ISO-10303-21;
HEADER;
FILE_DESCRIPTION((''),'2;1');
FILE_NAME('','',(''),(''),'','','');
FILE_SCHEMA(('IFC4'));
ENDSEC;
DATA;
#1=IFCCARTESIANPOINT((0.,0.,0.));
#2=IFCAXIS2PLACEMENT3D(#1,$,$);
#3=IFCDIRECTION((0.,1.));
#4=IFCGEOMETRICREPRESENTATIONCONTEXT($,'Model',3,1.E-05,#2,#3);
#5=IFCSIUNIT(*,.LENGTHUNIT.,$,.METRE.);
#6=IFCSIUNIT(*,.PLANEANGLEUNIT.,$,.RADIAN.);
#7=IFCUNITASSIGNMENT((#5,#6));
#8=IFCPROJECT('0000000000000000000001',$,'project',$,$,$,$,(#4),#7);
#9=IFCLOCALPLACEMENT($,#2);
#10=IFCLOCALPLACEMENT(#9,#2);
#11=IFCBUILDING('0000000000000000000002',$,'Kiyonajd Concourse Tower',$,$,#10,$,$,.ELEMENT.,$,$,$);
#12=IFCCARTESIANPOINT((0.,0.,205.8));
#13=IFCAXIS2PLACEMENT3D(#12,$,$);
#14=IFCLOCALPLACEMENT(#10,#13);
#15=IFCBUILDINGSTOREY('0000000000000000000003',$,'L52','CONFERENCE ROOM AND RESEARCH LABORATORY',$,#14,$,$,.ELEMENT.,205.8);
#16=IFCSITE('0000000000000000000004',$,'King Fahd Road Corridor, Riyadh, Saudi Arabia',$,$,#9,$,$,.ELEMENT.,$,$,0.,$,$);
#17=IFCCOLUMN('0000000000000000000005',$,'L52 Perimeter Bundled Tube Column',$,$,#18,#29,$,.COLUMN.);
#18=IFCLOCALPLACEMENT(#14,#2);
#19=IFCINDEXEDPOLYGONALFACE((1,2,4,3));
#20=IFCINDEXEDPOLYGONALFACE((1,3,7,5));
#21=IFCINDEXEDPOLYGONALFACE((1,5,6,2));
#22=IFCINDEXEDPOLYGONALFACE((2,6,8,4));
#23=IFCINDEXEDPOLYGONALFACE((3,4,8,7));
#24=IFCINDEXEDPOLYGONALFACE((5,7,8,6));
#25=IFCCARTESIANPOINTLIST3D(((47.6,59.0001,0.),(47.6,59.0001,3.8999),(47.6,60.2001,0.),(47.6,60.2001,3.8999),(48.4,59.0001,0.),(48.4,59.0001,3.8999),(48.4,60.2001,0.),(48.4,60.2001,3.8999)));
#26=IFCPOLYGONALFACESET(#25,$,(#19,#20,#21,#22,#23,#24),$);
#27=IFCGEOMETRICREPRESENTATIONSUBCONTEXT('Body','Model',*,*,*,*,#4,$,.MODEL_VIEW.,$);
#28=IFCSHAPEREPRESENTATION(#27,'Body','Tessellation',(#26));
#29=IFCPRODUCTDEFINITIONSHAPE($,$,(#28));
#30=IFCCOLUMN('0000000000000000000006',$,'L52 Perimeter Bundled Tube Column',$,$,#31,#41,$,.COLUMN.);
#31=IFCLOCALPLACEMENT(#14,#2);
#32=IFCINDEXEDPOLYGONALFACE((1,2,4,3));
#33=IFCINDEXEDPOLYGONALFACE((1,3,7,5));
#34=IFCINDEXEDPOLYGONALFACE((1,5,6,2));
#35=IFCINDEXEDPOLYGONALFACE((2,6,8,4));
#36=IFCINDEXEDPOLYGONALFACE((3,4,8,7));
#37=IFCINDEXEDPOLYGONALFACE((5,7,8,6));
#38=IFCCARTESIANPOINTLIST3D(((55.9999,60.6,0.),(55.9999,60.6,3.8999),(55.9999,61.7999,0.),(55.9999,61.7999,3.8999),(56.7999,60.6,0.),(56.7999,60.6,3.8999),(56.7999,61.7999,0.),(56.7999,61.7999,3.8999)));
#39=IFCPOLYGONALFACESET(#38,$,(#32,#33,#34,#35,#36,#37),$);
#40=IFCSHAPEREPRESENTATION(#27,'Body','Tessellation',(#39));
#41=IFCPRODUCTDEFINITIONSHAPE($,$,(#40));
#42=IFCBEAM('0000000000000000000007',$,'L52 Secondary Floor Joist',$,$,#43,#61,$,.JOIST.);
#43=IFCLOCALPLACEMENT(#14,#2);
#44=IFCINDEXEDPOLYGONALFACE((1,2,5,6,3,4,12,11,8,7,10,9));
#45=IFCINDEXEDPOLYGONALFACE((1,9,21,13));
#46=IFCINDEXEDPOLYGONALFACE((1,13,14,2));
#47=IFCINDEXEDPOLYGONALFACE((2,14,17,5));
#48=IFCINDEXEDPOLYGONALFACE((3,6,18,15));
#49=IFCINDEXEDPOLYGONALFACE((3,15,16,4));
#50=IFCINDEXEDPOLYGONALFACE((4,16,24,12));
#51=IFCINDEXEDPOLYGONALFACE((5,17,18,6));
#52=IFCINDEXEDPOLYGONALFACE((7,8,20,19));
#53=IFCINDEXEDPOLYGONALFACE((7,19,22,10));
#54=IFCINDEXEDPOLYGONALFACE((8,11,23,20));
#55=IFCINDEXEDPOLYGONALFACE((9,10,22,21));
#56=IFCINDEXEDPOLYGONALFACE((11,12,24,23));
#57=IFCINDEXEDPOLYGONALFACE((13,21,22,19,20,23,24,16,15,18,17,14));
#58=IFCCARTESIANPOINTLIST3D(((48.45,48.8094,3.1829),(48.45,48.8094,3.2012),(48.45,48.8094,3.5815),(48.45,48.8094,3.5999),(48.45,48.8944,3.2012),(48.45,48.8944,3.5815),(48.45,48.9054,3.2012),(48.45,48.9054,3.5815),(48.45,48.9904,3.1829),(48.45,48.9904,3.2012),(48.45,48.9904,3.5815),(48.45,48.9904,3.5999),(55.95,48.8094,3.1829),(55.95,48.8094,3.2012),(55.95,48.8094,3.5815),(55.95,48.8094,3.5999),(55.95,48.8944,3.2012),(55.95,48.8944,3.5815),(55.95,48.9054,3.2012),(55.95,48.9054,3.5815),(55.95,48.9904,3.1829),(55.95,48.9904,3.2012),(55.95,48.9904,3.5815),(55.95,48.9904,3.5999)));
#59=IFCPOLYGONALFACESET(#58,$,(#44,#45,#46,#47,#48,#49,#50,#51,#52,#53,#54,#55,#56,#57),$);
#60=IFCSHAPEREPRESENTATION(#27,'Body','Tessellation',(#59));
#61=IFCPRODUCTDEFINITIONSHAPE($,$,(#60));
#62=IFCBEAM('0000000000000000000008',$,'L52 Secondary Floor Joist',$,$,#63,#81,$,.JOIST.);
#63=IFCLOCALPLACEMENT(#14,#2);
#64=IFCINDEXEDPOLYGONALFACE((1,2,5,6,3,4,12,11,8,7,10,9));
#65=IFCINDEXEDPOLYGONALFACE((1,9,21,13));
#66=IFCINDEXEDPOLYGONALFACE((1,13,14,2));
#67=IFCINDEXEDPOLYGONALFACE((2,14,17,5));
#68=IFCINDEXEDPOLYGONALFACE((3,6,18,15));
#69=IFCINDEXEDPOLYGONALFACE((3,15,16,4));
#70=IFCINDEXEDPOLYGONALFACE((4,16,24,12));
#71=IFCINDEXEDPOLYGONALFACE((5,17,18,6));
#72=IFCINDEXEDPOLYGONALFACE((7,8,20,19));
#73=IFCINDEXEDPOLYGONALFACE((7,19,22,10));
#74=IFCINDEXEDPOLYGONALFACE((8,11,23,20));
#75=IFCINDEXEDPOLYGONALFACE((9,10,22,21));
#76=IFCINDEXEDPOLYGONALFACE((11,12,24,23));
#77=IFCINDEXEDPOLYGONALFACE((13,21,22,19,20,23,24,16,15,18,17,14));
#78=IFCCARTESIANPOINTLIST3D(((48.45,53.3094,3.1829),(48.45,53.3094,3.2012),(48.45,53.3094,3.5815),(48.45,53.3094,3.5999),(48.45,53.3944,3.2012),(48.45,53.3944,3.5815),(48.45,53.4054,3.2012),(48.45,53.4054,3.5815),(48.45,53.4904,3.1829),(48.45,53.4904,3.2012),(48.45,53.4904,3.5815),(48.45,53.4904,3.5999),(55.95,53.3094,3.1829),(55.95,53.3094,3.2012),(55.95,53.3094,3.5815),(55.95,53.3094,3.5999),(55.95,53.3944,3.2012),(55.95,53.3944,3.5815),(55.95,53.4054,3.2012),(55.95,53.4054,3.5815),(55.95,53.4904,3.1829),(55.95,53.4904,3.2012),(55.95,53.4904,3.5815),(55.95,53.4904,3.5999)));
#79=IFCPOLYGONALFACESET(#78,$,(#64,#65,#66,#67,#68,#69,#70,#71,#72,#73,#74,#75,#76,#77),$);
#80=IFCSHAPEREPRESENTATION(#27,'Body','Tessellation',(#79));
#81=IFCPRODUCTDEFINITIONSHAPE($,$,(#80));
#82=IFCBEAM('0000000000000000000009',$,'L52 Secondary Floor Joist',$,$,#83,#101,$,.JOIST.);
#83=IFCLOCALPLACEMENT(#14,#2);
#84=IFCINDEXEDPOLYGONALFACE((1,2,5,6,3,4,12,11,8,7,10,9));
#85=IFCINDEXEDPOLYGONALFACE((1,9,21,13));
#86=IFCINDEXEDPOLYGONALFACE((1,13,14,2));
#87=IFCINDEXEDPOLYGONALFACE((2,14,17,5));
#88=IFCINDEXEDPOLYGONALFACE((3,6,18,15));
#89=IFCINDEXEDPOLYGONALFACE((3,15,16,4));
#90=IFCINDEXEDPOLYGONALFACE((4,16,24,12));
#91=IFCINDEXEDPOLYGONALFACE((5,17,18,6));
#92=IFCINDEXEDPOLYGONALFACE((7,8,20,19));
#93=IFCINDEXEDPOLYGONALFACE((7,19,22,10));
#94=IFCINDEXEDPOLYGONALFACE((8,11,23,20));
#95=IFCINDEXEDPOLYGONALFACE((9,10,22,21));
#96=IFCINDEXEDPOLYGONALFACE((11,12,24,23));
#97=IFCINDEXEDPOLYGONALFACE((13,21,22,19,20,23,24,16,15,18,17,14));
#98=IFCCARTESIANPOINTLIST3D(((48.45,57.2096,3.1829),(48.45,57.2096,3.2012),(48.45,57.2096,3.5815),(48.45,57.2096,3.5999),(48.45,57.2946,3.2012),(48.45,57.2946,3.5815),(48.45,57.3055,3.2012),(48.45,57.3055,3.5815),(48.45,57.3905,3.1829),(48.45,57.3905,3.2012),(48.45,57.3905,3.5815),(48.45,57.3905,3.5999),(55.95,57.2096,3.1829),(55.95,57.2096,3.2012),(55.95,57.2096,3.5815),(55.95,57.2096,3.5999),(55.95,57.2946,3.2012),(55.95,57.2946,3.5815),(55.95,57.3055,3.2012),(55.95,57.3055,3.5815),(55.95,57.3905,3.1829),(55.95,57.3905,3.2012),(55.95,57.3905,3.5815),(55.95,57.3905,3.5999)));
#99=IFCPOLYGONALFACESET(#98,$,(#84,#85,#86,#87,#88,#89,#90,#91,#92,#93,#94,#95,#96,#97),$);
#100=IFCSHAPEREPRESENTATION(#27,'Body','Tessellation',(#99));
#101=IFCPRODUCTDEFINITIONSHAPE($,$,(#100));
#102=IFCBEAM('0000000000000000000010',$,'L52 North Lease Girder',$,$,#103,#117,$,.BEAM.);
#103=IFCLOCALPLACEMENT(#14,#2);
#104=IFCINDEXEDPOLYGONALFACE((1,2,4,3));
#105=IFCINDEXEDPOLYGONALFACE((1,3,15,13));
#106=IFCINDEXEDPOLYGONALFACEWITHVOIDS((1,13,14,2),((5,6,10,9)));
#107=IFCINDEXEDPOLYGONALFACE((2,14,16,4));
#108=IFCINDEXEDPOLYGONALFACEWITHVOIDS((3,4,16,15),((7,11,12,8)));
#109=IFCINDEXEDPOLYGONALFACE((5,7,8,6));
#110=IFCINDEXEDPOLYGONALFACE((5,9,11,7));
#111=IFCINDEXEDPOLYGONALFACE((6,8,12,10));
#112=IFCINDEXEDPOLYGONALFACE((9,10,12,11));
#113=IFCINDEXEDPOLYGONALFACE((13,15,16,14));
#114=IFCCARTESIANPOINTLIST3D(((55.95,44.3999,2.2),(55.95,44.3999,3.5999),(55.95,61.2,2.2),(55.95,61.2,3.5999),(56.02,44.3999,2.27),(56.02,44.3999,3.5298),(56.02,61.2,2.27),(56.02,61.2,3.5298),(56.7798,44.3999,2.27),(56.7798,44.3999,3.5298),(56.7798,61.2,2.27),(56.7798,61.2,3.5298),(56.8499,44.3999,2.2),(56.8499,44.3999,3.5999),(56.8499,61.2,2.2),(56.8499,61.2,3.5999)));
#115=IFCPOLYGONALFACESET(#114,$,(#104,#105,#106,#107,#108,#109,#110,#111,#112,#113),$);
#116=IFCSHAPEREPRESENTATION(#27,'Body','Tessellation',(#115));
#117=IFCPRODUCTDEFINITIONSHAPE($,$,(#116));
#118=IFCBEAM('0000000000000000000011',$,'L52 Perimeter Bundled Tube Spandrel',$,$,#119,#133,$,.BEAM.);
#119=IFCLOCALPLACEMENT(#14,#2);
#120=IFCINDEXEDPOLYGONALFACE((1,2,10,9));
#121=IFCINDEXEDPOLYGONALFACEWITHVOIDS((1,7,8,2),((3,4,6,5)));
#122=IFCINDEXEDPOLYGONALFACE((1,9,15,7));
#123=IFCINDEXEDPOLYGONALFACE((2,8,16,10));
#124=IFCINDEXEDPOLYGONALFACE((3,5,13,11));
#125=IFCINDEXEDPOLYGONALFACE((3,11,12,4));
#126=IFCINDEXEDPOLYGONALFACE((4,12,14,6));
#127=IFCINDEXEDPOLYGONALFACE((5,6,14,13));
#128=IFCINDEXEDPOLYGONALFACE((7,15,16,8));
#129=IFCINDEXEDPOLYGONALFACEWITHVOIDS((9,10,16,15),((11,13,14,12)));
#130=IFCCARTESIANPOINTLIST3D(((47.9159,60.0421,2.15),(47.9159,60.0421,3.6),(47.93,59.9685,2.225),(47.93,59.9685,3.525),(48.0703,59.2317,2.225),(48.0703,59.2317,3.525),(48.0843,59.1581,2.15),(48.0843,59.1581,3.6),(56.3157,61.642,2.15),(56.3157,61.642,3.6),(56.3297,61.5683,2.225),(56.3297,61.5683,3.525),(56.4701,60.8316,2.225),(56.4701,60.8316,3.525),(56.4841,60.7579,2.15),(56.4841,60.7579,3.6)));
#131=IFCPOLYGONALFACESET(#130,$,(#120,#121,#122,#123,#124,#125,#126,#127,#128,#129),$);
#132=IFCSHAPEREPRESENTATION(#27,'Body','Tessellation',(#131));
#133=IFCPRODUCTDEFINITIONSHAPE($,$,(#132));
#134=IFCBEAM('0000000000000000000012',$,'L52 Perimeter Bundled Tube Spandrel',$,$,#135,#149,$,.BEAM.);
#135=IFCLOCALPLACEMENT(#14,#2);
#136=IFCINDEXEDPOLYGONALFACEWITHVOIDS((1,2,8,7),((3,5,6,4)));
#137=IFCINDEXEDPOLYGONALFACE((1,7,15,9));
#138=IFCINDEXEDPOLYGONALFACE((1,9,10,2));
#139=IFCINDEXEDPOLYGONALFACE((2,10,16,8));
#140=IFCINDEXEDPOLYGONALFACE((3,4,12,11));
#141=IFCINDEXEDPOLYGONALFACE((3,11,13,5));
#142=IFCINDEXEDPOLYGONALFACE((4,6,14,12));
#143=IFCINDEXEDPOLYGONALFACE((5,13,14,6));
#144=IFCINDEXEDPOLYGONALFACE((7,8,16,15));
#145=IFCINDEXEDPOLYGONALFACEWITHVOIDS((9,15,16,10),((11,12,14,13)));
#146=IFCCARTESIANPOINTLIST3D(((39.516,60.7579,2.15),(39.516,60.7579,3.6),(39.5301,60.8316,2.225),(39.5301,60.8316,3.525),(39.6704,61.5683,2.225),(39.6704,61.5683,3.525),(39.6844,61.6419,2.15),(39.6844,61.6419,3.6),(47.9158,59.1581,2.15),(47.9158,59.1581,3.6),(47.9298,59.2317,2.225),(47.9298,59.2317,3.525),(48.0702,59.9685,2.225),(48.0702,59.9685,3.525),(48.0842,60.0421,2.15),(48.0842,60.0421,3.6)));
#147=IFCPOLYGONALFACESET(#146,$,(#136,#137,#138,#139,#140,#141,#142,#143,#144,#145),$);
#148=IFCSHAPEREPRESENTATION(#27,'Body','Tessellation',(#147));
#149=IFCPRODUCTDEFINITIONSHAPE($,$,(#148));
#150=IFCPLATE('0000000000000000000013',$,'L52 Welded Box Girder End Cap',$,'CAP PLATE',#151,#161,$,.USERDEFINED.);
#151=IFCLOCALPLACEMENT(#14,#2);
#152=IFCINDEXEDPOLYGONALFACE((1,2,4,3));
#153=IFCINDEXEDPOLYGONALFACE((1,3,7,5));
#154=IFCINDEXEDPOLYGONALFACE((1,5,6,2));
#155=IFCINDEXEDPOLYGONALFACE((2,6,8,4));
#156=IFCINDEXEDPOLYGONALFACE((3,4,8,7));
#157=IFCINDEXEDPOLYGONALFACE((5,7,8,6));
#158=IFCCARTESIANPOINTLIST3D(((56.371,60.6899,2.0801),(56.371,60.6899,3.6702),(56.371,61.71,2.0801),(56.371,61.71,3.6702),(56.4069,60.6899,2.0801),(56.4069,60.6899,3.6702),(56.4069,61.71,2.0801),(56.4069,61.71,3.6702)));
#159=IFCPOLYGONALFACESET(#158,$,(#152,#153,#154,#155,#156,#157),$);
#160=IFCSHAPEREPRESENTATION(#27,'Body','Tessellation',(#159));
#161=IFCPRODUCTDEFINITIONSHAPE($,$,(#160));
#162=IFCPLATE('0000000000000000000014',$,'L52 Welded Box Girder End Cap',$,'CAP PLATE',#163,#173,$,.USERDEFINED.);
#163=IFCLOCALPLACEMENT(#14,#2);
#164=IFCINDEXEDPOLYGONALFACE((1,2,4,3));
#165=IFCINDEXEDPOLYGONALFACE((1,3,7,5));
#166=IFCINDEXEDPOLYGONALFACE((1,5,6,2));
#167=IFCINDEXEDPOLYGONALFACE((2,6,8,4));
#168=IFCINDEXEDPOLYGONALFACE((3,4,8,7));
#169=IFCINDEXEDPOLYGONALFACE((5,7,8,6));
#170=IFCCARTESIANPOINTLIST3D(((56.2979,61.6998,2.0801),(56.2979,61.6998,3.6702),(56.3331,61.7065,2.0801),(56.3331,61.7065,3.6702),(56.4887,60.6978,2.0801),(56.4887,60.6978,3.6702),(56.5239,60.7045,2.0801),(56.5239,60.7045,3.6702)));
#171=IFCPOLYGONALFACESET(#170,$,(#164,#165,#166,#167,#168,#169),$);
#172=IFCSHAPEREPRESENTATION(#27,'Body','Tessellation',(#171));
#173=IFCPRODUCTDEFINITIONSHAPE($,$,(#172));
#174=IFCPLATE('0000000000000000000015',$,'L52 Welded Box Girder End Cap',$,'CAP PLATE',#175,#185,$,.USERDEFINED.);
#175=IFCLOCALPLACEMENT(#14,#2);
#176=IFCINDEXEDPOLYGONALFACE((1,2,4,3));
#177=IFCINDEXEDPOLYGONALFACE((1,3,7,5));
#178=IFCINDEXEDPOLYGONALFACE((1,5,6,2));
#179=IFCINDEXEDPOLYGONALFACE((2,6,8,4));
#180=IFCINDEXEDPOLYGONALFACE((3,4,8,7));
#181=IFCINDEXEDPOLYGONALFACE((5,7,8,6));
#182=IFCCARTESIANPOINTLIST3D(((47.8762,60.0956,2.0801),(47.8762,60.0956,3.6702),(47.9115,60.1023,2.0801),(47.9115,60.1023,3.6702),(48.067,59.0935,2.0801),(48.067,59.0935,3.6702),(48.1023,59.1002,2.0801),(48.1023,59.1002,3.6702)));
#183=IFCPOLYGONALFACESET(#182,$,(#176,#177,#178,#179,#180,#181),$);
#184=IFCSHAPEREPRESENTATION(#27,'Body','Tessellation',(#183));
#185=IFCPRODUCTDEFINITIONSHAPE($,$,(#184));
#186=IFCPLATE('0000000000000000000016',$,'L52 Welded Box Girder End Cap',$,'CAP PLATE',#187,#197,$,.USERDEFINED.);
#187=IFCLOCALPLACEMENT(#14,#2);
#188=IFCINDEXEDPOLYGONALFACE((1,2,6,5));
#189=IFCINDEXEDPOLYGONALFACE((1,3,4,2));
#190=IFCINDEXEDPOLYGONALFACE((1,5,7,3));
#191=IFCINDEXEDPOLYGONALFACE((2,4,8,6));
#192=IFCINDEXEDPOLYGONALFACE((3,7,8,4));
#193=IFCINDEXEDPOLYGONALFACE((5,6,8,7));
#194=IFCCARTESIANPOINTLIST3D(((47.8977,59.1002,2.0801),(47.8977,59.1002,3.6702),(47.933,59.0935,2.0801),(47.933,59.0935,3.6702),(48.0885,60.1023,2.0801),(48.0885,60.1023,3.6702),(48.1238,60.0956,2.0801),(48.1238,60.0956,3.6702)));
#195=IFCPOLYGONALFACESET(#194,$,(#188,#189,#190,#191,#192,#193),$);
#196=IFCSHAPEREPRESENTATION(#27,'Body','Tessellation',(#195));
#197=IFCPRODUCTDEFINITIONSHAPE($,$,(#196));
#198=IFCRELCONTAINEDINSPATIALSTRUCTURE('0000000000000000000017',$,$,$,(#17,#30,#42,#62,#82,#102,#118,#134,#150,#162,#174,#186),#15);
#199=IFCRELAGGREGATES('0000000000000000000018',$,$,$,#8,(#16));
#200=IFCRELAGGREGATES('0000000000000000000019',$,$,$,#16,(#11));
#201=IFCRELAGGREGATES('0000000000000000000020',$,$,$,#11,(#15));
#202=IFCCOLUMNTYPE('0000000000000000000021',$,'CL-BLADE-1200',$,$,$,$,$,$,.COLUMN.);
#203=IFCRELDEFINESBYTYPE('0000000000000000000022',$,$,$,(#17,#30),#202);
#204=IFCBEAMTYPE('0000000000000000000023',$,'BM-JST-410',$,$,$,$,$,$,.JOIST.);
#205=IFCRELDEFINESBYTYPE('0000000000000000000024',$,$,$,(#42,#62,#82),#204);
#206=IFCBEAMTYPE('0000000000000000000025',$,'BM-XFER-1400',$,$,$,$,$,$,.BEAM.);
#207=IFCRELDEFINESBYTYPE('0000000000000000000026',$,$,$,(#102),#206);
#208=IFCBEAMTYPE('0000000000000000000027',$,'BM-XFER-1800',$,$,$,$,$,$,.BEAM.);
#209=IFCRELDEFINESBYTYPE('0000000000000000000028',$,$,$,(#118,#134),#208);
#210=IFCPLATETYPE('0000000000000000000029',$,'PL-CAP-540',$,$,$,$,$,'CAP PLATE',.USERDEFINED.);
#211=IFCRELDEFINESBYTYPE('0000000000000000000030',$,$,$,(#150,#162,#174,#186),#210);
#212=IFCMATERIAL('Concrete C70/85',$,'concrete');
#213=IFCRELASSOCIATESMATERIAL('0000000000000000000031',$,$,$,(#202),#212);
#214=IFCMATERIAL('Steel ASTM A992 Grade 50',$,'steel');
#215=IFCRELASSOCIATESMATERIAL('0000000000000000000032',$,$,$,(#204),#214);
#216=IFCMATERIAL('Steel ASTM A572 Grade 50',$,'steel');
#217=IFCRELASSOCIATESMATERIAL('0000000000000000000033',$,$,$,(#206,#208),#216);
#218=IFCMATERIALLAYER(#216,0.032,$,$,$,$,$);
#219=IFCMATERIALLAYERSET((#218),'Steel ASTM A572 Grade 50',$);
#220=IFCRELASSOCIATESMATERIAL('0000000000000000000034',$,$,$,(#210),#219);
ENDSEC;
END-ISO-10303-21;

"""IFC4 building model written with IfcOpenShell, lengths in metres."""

from ifc_helpers import new_model, si_unit, direction, frame, origin, origin_2d, place, context, subcontext, project, spatial, rectangle, hollow_rectangle, i_section, extrude, material, layer, layer_set, material_profile, profile_set, type_object, element, save


model = new_model("IFC4")

# Units and contexts
model_context = context("Model", 3, precision=1e-05, world=origin(), true_north=direction((0.0, 1.0)))
body_context = subcontext(model_context, "Body", "Model", "MODEL_VIEW")
ifc_project = project(units=[si_unit("LENGTHUNIT", "METRE"), si_unit("PLANEANGLEUNIT", "RADIAN")], contexts=[model_context])

# Site, building, storey
site_placement = place(None, origin())
site = spatial("IfcSite", under=ifc_project, at=site_placement, Name="King Fahd Road Corridor, Riyadh, Saudi Arabia", CompositionType="ELEMENT", RefElevation=0.0)
building_placement = place(site_placement, origin())
building = spatial("IfcBuilding", under=site, at=building_placement, Name="Kiyonajd Concourse Tower", CompositionType="ELEMENT")
storey_placement = place(building_placement, frame((0.0, 0.0, 205.8)))
storey = spatial("IfcBuildingStorey", under=building, at=storey_placement, Name="L52", Description="CONFERENCE ROOM AND RESEARCH LABORATORY", CompositionType="ELEMENT", Elevation=205.8)

# Columns
ifc_material_1 = material(Name="Concrete C70/85", Category="concrete")
ifc_material_profile_1 = material_profile(ifc_material_1, rectangle(XDim=0.8, YDim=1.2, at=origin_2d()), Name="RC-1200x800")
ifc_profile_set_1 = profile_set([ifc_material_profile_1], Name="Concrete C70/85")
column_type = type_object("IfcColumnType", Name="CL-BLADE-1200", PredefinedType="COLUMN", material=ifc_profile_set_1)
for number, where, z_axis, x_axis, name in (
    (1, (48.0, 59.6001, 0.0), (0.0, 0.0, 1.0), (1.0, 0.0, 0.0), "L52 Perimeter Bundled Tube Column"),
    (2, (56.3999, 61.2, 0.0), (0.0, 0.0, 1.0), (1.0, 0.0, 0.0), "L52 Perimeter Bundled Tube Column"),
):
    element("IfcColumn", number, at=place(storey_placement, frame(where, z_axis=z_axis, x_axis=x_axis)), inside=storey, type_object=column_type, Name=name, PredefinedType="COLUMN", context=body_context, shape_type="SweptSolid", body=[
        extrude(rectangle(XDim=0.8, YDim=1.2, at=origin_2d()), origin(), (0.0, 0.0, 1.0), 3.8999),
    ])

# Beams
ifc_material_2 = material(Name="Steel ASTM A992 Grade 50", Category="steel")
ifc_material_profile_2 = material_profile(ifc_material_2, i_section(OverallWidth=0.1809, OverallDepth=0.417, WebThickness=0.011, FlangeThickness=0.0183, at=origin_2d()), Name="W410X85")
ifc_profile_set_2 = profile_set([ifc_material_profile_2], Name="Steel ASTM A992 Grade 50")
beam_type_1 = type_object("IfcBeamType", Name="BM-JST-410", PredefinedType="JOIST", material=ifc_profile_set_2)
for number, where, z_axis, x_axis, name in (
    (3, (48.45, 48.8999, 3.3914), (1.0, 0.0, 0.0), (0.0, 1.0, 0.0), "L52 Secondary Floor Joist"),
    (4, (48.45, 53.3999, 3.3914), (1.0, 0.0, 0.0), (0.0, 1.0, 0.0), "L52 Secondary Floor Joist"),
    (5, (48.45, 57.3, 3.3914), (1.0, 0.0, 0.0), (0.0, 1.0, 0.0), "L52 Secondary Floor Joist"),
):
    element("IfcBeam", number, at=place(storey_placement, frame(where, z_axis=z_axis, x_axis=x_axis)), inside=storey, type_object=beam_type_1, Name=name, PredefinedType="JOIST", context=body_context, shape_type="SweptSolid", body=[
        extrude(i_section(OverallWidth=0.1809, OverallDepth=0.417, WebThickness=0.011, FlangeThickness=0.0183, at=origin_2d()), origin(), (0.0, 0.0, 1.0), 7.5),
    ])
ifc_material_3 = material(Name="Steel ASTM A572 Grade 50", Category="steel")
ifc_material_profile_3 = material_profile(ifc_material_3, hollow_rectangle(XDim=0.8999, YDim=1.3999, WallThickness=0.0701, at=origin_2d()), Name="BOX-1400x900x70")
ifc_profile_set_3 = profile_set([ifc_material_profile_3], Name="Steel ASTM A572 Grade 50")
beam_type_2 = type_object("IfcBeamType", Name="BM-XFER-1400", PredefinedType="BEAM", material=ifc_profile_set_3)
beam_placement = place(storey_placement, frame((56.3999, 44.3999, 2.8999), z_axis=(0.0, 1.0, 0.0), x_axis=(-1.0, 0.0, 0.0)))
element("IfcBeam", 6, at=beam_placement, inside=storey, type_object=beam_type_2, Name="L52 North Lease Girder", PredefinedType="BEAM", context=body_context, shape_type="SweptSolid", body=[
    extrude(hollow_rectangle(XDim=0.8999, YDim=1.3999, WallThickness=0.0701, at=origin_2d()), origin(), (0.0, 0.0, 1.0), 16.8),
])
ifc_material_profile_4 = material_profile(ifc_material_3, hollow_rectangle(XDim=0.8999, YDim=1.45, WallThickness=0.075, at=origin_2d()), Name="BOX-1450x900x75")
ifc_profile_set_4 = profile_set([ifc_material_profile_4], Name="Steel ASTM A572 Grade 50")
beam_type_3 = type_object("IfcBeamType", Name="BM-XFER-1800", PredefinedType="BEAM", material=ifc_profile_set_4)
for number, where, z_axis, x_axis, name in (
    (7, (56.3999, 61.2, 2.875), (-0.982341, -0.187098, 0.0), (0.187098, -0.982341, 0.0), "L52 Perimeter Bundled Tube Spandrel"),
    (8, (48.0, 59.6001, 2.875), (-0.982341, 0.187098, 0.0), (-0.187098, -0.982341, 0.0), "L52 Perimeter Bundled Tube Spandrel"),
):
    element("IfcBeam", number, at=place(storey_placement, frame(where, z_axis=z_axis, x_axis=x_axis)), inside=storey, type_object=beam_type_3, Name=name, PredefinedType="BEAM", context=body_context, shape_type="SweptSolid", body=[
        extrude(hollow_rectangle(XDim=0.8999, YDim=1.45, WallThickness=0.075, at=origin_2d()), origin(), (0.0, 0.0, 1.0), 8.5508),
    ])

# Plates
ifc_layer_1 = layer(ifc_material_3, 0.032)
ifc_layer_set_1 = layer_set([ifc_layer_1], Name="Steel ASTM A572 Grade 50")
plate_type_1 = type_object("IfcPlateType", Name="PL-CAP-540", ElementType="CAP PLATE", PredefinedType="USERDEFINED", material=ifc_layer_set_1)
for number, where, z_axis, x_axis, name in (
    (9, (56.3889, 61.2, 2.0801), (0.0, 0.0, 1.0), (-1.0, 0.0, 0.0), "L52 Welded Box Girder End Cap"),
    (10, (56.4109, 61.2021, 2.0801), (0.0, 0.0, 1.0), (0.982353, 0.187038, 0.0), "L52 Welded Box Girder End Cap"),
    (11, (47.9893, 59.5979, 2.0801), (0.0, 0.0, 1.0), (-0.982353, -0.187038, 0.0), "L52 Welded Box Girder End Cap"),
    (12, (48.0107, 59.5979, 2.0801), (0.0, 0.0, 1.0), (0.982353, -0.187038, 0.0), "L52 Welded Box Girder End Cap"),
):
    element("IfcPlate", number, at=place(storey_placement, frame(where, z_axis=z_axis, x_axis=x_axis)), inside=storey, type_object=plate_type_1, Name=name, ObjectType="CAP PLATE", PredefinedType="USERDEFINED", context=body_context, shape_type="SweptSolid", body=[
        extrude(rectangle(XDim=0.0359, YDim=1.02, at=origin_2d()), origin(), (0.0, 0.0, 1.0), 1.5901),
    ])

save(model, "model.ifc")
